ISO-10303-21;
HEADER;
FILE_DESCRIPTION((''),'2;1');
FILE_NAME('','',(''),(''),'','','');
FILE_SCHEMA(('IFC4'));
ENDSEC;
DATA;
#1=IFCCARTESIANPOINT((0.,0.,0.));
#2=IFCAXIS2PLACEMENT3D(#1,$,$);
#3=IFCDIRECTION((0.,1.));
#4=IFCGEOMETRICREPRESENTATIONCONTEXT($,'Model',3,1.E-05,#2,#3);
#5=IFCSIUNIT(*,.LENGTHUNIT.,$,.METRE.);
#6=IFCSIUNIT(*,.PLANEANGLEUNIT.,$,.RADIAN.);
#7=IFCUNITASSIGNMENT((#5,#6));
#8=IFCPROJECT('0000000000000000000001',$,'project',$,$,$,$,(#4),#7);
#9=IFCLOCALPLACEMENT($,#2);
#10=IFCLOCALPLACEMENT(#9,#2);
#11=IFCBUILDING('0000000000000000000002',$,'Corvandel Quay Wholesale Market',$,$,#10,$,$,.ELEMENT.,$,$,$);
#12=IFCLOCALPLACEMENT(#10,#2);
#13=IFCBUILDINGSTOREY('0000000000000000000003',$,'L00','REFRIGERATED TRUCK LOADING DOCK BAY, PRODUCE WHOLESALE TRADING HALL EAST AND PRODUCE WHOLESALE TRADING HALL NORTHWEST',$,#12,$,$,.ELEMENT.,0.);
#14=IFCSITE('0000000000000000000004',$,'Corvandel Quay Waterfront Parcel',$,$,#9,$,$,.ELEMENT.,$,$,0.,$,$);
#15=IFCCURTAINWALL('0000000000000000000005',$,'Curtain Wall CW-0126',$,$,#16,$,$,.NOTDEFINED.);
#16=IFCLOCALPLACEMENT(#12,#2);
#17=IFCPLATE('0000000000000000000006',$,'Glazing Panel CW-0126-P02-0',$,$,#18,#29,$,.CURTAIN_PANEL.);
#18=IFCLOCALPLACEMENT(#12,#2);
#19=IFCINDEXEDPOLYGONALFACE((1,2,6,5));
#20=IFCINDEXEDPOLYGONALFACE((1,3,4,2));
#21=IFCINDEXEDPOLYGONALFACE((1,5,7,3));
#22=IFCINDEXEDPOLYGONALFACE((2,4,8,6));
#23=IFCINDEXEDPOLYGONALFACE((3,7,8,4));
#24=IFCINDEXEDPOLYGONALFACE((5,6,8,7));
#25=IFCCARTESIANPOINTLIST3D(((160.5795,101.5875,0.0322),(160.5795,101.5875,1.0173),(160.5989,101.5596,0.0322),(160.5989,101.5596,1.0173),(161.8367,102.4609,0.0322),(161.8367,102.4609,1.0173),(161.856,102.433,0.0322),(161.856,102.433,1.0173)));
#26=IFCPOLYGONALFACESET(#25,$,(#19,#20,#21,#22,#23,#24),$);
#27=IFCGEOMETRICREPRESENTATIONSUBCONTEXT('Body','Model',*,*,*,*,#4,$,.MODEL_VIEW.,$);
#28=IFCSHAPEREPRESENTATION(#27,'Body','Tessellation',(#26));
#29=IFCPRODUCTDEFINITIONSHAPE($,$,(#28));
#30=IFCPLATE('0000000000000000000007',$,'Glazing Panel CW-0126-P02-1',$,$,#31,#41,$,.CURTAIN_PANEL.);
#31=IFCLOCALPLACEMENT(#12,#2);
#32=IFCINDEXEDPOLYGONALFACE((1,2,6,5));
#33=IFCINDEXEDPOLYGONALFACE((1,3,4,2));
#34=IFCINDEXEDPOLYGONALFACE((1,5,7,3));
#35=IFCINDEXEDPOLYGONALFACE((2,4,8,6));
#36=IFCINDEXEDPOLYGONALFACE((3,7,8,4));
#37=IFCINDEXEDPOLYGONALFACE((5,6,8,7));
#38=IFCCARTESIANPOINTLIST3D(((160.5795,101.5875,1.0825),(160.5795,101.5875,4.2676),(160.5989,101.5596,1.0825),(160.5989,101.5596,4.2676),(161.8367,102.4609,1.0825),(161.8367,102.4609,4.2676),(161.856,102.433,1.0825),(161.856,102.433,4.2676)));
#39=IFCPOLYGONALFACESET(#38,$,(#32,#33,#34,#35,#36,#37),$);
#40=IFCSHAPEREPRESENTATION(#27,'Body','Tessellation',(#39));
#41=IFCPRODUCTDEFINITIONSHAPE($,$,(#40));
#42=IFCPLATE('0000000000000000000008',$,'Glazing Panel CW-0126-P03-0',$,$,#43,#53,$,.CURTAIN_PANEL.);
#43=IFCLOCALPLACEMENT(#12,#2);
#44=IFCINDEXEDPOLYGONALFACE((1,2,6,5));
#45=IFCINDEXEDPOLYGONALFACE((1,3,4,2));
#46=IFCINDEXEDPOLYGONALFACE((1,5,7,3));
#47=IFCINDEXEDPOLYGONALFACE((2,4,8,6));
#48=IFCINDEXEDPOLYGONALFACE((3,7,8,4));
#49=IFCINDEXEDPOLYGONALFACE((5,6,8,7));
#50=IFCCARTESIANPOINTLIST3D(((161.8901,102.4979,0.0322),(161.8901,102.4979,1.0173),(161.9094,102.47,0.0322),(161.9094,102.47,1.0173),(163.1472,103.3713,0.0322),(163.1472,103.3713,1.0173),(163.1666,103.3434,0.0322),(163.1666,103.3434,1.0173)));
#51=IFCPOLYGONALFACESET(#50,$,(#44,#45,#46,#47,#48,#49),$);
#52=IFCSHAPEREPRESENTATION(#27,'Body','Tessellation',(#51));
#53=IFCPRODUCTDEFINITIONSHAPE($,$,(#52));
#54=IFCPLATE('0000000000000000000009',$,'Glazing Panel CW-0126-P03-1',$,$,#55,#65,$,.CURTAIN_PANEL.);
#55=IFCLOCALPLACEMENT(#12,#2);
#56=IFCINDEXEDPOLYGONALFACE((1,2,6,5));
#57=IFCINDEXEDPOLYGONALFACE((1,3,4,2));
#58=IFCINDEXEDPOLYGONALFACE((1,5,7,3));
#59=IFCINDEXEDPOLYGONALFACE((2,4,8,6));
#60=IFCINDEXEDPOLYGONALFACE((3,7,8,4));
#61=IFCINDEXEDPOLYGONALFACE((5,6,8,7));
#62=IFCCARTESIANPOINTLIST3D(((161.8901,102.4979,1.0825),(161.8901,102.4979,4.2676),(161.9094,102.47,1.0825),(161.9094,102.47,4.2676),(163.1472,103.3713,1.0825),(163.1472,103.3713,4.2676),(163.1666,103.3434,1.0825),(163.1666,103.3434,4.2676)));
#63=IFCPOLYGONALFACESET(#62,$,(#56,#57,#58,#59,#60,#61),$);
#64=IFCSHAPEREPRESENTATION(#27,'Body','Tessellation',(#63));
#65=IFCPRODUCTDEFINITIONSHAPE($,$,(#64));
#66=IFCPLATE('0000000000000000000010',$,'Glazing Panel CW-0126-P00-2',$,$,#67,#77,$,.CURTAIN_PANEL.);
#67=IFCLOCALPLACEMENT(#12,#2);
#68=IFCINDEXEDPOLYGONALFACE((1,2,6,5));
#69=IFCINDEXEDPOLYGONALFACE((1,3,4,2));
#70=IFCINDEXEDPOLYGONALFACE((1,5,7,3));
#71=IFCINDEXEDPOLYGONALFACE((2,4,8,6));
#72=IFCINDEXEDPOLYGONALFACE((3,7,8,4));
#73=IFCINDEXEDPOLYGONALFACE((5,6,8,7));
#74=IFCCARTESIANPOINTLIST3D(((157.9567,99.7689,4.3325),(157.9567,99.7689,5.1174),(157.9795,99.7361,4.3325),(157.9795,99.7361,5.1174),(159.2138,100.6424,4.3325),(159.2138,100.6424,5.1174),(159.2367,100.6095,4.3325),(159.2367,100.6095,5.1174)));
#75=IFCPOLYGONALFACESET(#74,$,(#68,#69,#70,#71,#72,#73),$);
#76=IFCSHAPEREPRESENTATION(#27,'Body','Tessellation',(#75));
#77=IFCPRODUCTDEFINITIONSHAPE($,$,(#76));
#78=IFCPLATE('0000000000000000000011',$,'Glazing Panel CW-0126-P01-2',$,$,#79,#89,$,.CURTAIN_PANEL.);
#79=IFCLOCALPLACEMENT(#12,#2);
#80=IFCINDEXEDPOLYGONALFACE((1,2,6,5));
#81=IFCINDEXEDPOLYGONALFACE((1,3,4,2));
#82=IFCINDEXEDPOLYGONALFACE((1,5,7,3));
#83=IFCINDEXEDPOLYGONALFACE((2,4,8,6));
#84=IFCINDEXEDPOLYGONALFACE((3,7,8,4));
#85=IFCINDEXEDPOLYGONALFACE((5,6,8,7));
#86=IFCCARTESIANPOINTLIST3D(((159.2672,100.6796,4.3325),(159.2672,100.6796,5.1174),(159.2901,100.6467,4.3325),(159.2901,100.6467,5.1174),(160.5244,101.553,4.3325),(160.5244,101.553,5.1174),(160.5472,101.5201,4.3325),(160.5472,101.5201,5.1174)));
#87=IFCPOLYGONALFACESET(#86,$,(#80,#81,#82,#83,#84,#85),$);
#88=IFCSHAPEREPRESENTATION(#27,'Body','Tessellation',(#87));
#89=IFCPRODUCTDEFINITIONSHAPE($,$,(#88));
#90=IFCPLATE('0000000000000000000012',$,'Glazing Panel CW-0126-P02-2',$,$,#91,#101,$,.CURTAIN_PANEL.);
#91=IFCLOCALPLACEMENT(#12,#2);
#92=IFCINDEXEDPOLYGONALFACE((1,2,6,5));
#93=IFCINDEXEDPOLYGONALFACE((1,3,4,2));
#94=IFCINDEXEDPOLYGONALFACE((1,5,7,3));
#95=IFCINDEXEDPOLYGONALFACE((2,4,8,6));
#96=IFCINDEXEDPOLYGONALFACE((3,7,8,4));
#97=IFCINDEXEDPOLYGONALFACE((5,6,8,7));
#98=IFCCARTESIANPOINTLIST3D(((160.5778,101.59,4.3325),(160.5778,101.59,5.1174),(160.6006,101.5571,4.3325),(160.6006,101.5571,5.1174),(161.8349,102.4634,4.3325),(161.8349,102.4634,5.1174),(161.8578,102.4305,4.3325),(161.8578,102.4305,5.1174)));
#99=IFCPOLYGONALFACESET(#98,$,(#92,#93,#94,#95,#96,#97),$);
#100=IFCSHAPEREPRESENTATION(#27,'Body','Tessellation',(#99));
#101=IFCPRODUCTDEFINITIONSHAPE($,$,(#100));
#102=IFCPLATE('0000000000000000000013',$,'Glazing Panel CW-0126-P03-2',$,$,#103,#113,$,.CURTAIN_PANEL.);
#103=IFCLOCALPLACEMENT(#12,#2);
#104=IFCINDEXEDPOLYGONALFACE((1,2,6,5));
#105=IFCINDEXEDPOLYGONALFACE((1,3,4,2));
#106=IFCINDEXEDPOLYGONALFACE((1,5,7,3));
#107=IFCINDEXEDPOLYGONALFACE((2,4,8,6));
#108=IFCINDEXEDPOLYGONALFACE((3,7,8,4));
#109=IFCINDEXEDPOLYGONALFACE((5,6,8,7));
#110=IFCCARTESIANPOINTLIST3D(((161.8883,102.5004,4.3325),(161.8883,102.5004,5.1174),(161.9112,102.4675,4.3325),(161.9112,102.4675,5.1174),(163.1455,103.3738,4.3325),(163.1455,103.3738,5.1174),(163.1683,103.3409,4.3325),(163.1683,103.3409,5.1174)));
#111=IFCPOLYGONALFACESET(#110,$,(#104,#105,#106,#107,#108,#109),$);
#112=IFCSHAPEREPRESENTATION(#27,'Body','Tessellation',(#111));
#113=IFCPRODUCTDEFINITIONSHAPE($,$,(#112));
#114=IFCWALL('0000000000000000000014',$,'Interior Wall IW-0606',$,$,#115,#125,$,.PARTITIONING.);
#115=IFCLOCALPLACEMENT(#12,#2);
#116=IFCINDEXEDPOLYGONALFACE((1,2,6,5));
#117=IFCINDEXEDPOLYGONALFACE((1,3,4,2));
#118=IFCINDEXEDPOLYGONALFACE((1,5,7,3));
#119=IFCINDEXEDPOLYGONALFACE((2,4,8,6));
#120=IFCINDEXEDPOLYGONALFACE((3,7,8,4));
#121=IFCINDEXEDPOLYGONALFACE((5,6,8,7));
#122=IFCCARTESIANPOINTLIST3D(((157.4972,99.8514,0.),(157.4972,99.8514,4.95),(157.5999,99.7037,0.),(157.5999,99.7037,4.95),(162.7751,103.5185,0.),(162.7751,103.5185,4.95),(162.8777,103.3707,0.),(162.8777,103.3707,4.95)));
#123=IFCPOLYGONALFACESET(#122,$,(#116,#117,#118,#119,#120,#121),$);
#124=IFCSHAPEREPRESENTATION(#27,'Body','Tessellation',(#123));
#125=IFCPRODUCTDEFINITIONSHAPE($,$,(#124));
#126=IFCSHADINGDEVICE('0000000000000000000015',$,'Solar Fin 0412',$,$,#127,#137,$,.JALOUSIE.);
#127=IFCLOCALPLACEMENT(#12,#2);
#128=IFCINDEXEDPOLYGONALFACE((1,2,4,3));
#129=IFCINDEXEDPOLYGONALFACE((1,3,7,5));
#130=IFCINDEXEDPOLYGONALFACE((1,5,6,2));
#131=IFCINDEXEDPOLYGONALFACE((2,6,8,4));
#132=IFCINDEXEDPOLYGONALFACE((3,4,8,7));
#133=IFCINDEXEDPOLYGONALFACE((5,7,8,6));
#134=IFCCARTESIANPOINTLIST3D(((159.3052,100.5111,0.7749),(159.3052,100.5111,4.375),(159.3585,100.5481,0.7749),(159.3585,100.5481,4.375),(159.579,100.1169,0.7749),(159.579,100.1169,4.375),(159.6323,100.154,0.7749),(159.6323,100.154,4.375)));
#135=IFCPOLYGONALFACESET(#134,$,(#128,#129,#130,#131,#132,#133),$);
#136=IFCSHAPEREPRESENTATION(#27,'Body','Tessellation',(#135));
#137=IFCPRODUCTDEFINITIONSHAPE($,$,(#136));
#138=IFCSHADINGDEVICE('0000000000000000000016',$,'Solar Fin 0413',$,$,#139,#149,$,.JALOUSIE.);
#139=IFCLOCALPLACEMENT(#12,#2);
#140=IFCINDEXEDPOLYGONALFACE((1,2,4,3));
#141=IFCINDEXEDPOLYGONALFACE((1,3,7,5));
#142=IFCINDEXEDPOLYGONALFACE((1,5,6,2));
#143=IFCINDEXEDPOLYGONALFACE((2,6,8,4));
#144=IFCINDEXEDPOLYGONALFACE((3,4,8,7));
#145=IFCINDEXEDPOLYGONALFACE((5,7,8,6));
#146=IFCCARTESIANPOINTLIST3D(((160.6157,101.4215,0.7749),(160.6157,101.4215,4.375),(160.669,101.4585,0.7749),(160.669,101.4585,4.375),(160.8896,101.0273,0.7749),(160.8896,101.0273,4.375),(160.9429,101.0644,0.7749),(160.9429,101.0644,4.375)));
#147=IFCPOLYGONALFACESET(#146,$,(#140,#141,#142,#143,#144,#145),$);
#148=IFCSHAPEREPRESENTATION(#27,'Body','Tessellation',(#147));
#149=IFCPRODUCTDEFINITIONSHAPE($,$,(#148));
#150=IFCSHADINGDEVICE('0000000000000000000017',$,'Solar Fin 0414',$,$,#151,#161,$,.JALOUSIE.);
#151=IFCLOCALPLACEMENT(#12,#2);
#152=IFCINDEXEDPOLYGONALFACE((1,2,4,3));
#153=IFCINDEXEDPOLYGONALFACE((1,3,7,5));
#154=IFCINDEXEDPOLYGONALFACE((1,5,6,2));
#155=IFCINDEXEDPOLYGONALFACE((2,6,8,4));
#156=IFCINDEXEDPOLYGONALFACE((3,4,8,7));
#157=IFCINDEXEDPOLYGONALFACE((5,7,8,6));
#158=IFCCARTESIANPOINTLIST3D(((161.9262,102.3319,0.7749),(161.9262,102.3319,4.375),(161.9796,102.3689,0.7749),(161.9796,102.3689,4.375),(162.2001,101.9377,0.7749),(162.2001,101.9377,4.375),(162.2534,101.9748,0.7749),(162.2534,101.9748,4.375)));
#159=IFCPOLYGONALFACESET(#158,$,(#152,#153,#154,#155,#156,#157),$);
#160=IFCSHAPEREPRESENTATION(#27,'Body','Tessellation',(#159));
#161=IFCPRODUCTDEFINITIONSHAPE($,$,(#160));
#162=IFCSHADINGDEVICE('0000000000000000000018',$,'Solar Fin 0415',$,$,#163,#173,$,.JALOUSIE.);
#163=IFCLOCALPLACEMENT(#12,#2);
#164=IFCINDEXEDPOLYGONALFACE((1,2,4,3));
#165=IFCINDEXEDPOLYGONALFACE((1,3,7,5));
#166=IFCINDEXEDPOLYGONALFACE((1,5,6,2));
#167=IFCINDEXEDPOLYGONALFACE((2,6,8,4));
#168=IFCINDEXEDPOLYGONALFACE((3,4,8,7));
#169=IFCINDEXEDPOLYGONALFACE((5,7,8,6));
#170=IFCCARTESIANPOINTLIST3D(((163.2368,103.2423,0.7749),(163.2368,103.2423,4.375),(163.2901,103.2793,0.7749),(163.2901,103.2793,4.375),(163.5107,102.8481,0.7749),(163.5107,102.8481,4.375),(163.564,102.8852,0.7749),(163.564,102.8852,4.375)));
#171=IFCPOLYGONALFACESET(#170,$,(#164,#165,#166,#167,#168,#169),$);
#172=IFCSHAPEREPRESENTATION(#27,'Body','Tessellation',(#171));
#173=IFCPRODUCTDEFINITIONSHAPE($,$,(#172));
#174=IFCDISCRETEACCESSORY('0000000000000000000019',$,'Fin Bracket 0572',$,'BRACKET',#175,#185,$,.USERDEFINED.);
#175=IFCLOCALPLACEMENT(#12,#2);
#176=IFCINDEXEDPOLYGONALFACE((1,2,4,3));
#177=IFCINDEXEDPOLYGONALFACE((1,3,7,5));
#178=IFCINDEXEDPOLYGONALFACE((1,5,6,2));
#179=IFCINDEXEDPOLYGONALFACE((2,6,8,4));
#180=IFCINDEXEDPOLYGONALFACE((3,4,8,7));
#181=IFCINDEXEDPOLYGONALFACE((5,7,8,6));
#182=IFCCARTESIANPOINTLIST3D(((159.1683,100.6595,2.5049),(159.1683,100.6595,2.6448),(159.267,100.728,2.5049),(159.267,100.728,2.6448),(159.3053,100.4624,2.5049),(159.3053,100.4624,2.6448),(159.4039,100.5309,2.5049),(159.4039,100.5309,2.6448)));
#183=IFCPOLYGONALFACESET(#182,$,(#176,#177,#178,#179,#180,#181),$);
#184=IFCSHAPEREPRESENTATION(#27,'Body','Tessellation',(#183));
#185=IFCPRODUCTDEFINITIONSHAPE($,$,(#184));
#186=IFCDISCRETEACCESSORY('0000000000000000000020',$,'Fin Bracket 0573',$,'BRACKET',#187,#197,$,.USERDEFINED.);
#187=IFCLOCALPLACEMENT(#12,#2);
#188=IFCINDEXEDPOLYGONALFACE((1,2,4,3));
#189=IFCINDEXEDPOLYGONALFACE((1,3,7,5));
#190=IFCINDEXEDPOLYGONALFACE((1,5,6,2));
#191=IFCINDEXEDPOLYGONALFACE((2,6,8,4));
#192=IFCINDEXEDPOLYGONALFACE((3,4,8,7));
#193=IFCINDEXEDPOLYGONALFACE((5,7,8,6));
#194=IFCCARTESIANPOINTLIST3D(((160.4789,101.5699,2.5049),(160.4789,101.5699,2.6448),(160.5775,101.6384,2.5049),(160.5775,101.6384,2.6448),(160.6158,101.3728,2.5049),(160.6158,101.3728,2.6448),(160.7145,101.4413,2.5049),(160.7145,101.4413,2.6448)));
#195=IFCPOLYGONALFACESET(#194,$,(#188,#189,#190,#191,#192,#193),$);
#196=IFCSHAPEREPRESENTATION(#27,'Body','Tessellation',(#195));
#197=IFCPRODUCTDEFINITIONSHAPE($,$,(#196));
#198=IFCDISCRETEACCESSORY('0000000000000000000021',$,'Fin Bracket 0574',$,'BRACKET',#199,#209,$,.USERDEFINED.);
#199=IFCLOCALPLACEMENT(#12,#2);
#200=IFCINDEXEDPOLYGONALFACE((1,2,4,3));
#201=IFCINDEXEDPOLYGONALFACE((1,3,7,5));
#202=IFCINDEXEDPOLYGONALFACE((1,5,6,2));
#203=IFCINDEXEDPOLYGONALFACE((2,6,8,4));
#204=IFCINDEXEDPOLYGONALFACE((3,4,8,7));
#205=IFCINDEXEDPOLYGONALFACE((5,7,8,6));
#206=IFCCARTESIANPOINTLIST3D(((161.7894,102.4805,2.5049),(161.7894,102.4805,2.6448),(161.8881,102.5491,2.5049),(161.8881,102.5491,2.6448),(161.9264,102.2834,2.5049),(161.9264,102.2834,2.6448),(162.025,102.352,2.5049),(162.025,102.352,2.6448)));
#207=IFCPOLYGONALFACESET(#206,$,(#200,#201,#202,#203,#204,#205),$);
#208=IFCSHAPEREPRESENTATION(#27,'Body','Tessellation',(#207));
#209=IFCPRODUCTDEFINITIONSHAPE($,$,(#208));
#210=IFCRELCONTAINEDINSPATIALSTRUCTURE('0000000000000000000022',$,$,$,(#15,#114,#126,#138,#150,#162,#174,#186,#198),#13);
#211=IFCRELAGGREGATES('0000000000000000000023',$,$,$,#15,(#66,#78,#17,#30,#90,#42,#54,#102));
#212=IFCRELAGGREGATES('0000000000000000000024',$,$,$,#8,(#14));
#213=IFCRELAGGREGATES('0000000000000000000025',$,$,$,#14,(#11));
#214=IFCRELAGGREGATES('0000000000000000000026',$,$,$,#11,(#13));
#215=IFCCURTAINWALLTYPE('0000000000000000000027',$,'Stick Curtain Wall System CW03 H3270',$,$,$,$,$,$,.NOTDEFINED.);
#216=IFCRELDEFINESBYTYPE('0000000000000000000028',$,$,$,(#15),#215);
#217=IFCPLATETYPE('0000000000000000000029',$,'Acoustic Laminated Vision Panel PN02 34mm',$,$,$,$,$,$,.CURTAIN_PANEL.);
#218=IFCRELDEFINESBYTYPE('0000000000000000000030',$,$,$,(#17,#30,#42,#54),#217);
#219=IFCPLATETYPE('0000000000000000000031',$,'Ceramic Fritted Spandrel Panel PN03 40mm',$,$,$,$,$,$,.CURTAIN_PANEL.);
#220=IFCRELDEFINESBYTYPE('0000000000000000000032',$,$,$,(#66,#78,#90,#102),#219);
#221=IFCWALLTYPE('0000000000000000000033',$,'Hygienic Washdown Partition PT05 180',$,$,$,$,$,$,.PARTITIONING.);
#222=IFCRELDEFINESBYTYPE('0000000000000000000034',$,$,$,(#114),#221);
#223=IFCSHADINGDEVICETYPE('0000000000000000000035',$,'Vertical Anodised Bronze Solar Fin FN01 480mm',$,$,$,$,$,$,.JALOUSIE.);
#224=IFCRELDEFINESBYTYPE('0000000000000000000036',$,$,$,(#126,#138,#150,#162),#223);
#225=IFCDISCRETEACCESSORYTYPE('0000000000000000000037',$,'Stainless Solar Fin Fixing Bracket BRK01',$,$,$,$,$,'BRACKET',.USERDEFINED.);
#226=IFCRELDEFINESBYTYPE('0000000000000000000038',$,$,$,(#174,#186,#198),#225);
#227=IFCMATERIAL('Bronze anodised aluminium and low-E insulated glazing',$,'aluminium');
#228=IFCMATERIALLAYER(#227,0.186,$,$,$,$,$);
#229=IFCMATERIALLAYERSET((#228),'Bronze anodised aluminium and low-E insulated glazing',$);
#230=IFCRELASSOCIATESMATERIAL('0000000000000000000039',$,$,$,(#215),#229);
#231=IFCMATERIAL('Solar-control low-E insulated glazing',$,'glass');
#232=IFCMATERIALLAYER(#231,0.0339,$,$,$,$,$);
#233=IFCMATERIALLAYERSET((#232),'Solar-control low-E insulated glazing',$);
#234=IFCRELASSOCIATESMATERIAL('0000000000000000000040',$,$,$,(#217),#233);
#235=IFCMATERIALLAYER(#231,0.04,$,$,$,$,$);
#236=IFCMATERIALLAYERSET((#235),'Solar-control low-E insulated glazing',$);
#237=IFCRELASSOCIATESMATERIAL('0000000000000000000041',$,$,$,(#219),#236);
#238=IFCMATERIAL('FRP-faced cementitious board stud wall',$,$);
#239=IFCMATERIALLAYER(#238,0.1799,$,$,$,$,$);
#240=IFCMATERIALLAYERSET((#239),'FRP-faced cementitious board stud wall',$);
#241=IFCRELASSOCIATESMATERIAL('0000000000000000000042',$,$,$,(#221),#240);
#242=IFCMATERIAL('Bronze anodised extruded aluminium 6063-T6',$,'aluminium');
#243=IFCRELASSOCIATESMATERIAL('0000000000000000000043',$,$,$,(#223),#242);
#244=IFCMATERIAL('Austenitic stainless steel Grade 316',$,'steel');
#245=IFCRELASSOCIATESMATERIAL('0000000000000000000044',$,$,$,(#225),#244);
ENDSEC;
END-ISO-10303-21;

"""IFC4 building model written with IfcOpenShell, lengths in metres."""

from ifc_helpers import new_model, si_unit, direction, frame, frame_2d, origin, origin_2d, place, context, subcontext, project, spatial, rectangle, extrude, material, layer, layer_set, type_object, element, aggregate, save


model = new_model("IFC4")

# Units and contexts
model_context = context("Model", 3, precision=1e-05, world=origin(), true_north=direction((0.0, 1.0)))
body_context = subcontext(model_context, "Body", "Model", "MODEL_VIEW")
ifc_project = project(units=[si_unit("LENGTHUNIT", "METRE"), si_unit("PLANEANGLEUNIT", "RADIAN")], contexts=[model_context])

# Site, building, storey
site_placement = place(None, origin())
site = spatial("IfcSite", under=ifc_project, at=site_placement, Name="Corvandel Quay Waterfront Parcel", CompositionType="ELEMENT", RefElevation=0.0)
building_placement = place(site_placement, origin())
building = spatial("IfcBuilding", under=site, at=building_placement, Name="Corvandel Quay Wholesale Market", CompositionType="ELEMENT")
storey_placement = place(building_placement, origin())
storey = spatial("IfcBuildingStorey", under=building, at=storey_placement, Name="L00", Description="REFRIGERATED TRUCK LOADING DOCK BAY, PRODUCE WHOLESALE TRADING HALL EAST AND PRODUCE WHOLESALE TRADING HALL NORTHWEST", CompositionType="ELEMENT", Elevation=0.0)

# Curtain wall, plates
ifc_material_1 = material(Name="Bronze anodised aluminium and low-E insulated glazing", Category="aluminium")
ifc_layer_1 = layer(ifc_material_1, 0.186)
ifc_layer_set_1 = layer_set([ifc_layer_1], Name="Bronze anodised aluminium and low-E insulated glazing")
curtain_wall_type = type_object("IfcCurtainWallType", Name="Stick Curtain Wall System CW03 H3270", PredefinedType="NOTDEFINED", material=ifc_layer_set_1)
curtain_wall_placement = place(storey_placement, origin())
curtain_wall = element("IfcCurtainWall", 1, at=curtain_wall_placement, inside=storey, type_object=curtain_wall_type, Name="Curtain Wall CW-0126", PredefinedType="NOTDEFINED")
ifc_material_2 = material(Name="Solar-control low-E insulated glazing", Category="glass")
ifc_layer_2 = layer(ifc_material_2, 0.0339)
ifc_layer_set_2 = layer_set([ifc_layer_2], Name="Solar-control low-E insulated glazing")
plate_type_1 = type_object("IfcPlateType", Name="Acoustic Laminated Vision Panel PN02 34mm", PredefinedType="CURTAIN_PANEL", material=ifc_layer_set_2)
plate_1_placement = place(storey_placement, frame((161.2178, 102.0103, 0.0322), z_axis=(0.0, 0.0, 1.0), x_axis=(0.821249, 0.57057, 0.0)))
plate_1 = element("IfcPlate", 2, at=plate_1_placement, type_object=plate_type_1, Name="Glazing Panel CW-0126-P02-0", PredefinedType="CURTAIN_PANEL", context=body_context, shape_type="SweptSolid", body=[
    extrude(rectangle(XDim=1.5308, YDim=0.0339, at=origin_2d()), origin(), (0.0, 0.0, 1.0), 0.9851),
])
plate_2_placement = place(storey_placement, frame((161.2178, 102.0103, 1.0825), z_axis=(0.0, 0.0, 1.0), x_axis=(0.821249, 0.57057, 0.0)))
plate_2 = element("IfcPlate", 3, at=plate_2_placement, type_object=plate_type_1, Name="Glazing Panel CW-0126-P02-1", PredefinedType="CURTAIN_PANEL", context=body_context, shape_type="SweptSolid", body=[
    extrude(rectangle(XDim=1.5308, YDim=0.0339, at=origin_2d()), origin(), (0.0, 0.0, 1.0), 3.1851),
])
plate_3_placement = place(storey_placement, frame((162.5283, 102.9207, 0.0322), z_axis=(0.0, 0.0, 1.0), x_axis=(0.821249, 0.57057, 0.0)))
plate_3 = element("IfcPlate", 4, at=plate_3_placement, type_object=plate_type_1, Name="Glazing Panel CW-0126-P03-0", PredefinedType="CURTAIN_PANEL", context=body_context, shape_type="SweptSolid", body=[
    extrude(rectangle(XDim=1.5308, YDim=0.0339, at=origin_2d()), origin(), (0.0, 0.0, 1.0), 0.9851),
])
plate_4_placement = place(storey_placement, frame((162.5283, 102.9207, 1.0825), z_axis=(0.0, 0.0, 1.0), x_axis=(0.821249, 0.57057, 0.0)))
plate_4 = element("IfcPlate", 5, at=plate_4_placement, type_object=plate_type_1, Name="Glazing Panel CW-0126-P03-1", PredefinedType="CURTAIN_PANEL", context=body_context, shape_type="SweptSolid", body=[
    extrude(rectangle(XDim=1.5308, YDim=0.0339, at=origin_2d()), origin(), (0.0, 0.0, 1.0), 3.1851),
])
ifc_layer_3 = layer(ifc_material_2, 0.04)
ifc_layer_set_3 = layer_set([ifc_layer_3], Name="Solar-control low-E insulated glazing")
plate_type_2 = type_object("IfcPlateType", Name="Ceramic Fritted Spandrel Panel PN03 40mm", PredefinedType="CURTAIN_PANEL", material=ifc_layer_set_3)
plate_5_placement = place(storey_placement, frame((158.5967, 100.1892, 4.3325), z_axis=(0.0, 0.0, 1.0), x_axis=(0.821249, 0.57057, 0.0)))
plate_5 = element("IfcPlate", 6, at=plate_5_placement, type_object=plate_type_2, Name="Glazing Panel CW-0126-P00-2", PredefinedType="CURTAIN_PANEL", context=body_context, shape_type="SweptSolid", body=[
    extrude(rectangle(XDim=1.5308, YDim=0.04, at=origin_2d()), origin(), (0.0, 0.0, 1.0), 0.7849),
])
plate_6_placement = place(storey_placement, frame((159.9072, 101.0999, 4.3325), z_axis=(0.0, 0.0, 1.0), x_axis=(0.821249, 0.57057, 0.0)))
plate_6 = element("IfcPlate", 7, at=plate_6_placement, type_object=plate_type_2, Name="Glazing Panel CW-0126-P01-2", PredefinedType="CURTAIN_PANEL", context=body_context, shape_type="SweptSolid", body=[
    extrude(rectangle(XDim=1.5308, YDim=0.04, at=origin_2d()), origin(), (0.0, 0.0, 1.0), 0.7849),
])
plate_7_placement = place(storey_placement, frame((161.2178, 102.0103, 4.3325), z_axis=(0.0, 0.0, 1.0), x_axis=(0.821249, 0.57057, 0.0)))
plate_7 = element("IfcPlate", 8, at=plate_7_placement, type_object=plate_type_2, Name="Glazing Panel CW-0126-P02-2", PredefinedType="CURTAIN_PANEL", context=body_context, shape_type="SweptSolid", body=[
    extrude(rectangle(XDim=1.5308, YDim=0.04, at=origin_2d()), origin(), (0.0, 0.0, 1.0), 0.7849),
])
plate_8_placement = place(storey_placement, frame((162.5283, 102.9207, 4.3325), z_axis=(0.0, 0.0, 1.0), x_axis=(0.821249, 0.57057, 0.0)))
plate_8 = element("IfcPlate", 9, at=plate_8_placement, type_object=plate_type_2, Name="Glazing Panel CW-0126-P03-2", PredefinedType="CURTAIN_PANEL", context=body_context, shape_type="SweptSolid", body=[
    extrude(rectangle(XDim=1.5308, YDim=0.04, at=origin_2d()), origin(), (0.0, 0.0, 1.0), 0.7849),
])
aggregate(curtain_wall, [plate_5, plate_6, plate_1, plate_2, plate_7, plate_3, plate_4, plate_8])

# Wall
ifc_material_3 = material(Name="FRP-faced cementitious board stud wall")
ifc_layer_4 = layer(ifc_material_3, 0.1799)
ifc_layer_set_4 = layer_set([ifc_layer_4], Name="FRP-faced cementitious board stud wall")
wall_type = type_object("IfcWallType", Name="Hygienic Washdown Partition PT05 180", PredefinedType="PARTITIONING", material=ifc_layer_set_4)
wall_placement = place(storey_placement, frame((162.8264, 103.4446, 0.0), z_axis=(0.0, 0.0, 1.0), x_axis=(-0.821236, -0.570588, 0.0)))
element("IfcWall", 10, at=wall_placement, inside=storey, type_object=wall_type, Name="Interior Wall IW-0606", PredefinedType="PARTITIONING", context=body_context, shape_type="SweptSolid", body=[
    extrude(rectangle(XDim=6.4268, YDim=0.1799, at=frame_2d((3.2134, 0.0))), origin(), (0.0, 0.0, 1.0), 4.95),
])

# Shading devices
ifc_material_4 = material(Name="Bronze anodised extruded aluminium 6063-T6", Category="aluminium")
shading_device_type = type_object("IfcShadingDeviceType", Name="Vertical Anodised Bronze Solar Fin FN01 480mm", PredefinedType="JALOUSIE", material=ifc_material_4)
for number, where, z_axis, x_axis, name in (
    (11, (159.4688, 100.3325, 0.7749), (0.0, 0.0, 1.0), (-0.57057, 0.821249, 0.0), "Solar Fin 0412"),
    (12, (160.7793, 101.2429, 0.7749), (0.0, 0.0, 1.0), (-0.57057, 0.821249, 0.0), "Solar Fin 0413"),
    (13, (162.0898, 102.1533, 0.7749), (0.0, 0.0, 1.0), (-0.57057, 0.821249, 0.0), "Solar Fin 0414"),
    (14, (163.4004, 103.0637, 0.7749), (0.0, 0.0, 1.0), (-0.57057, 0.821249, 0.0), "Solar Fin 0415"),
):
    element("IfcShadingDevice", number, at=place(storey_placement, frame(where, z_axis=z_axis, x_axis=x_axis)), inside=storey, type_object=shading_device_type, Name=name, PredefinedType="JALOUSIE", context=body_context, shape_type="SweptSolid", body=[
        extrude(rectangle(XDim=0.48, YDim=0.0649, at=origin_2d()), origin(), (0.0, 0.0, 1.0), 3.6001),
    ])

# Discrete accessories
ifc_material_5 = material(Name="Austenitic stainless steel Grade 316", Category="steel")
discrete_accessory_type = type_object("IfcDiscreteAccessoryType", Name="Stainless Solar Fin Fixing Bracket BRK01", ElementType="BRACKET", PredefinedType="USERDEFINED", material=ifc_material_5)
for number, where, z_axis, x_axis, name in (
    (15, (159.2861, 100.5952, 2.5049), (0.0, 0.0, 1.0), (-0.57057, 0.821249, 0.0), "Fin Bracket 0572"),
    (16, (160.5967, 101.5056, 2.5049), (0.0, 0.0, 1.0), (-0.57057, 0.821249, 0.0), "Fin Bracket 0573"),
    (17, (161.9072, 102.4163, 2.5049), (0.0, 0.0, 1.0), (-0.57057, 0.821249, 0.0), "Fin Bracket 0574"),
):
    element("IfcDiscreteAccessory", number, at=place(storey_placement, frame(where, z_axis=z_axis, x_axis=x_axis)), inside=storey, type_object=discrete_accessory_type, Name=name, ObjectType="BRACKET", PredefinedType="USERDEFINED", context=body_context, shape_type="SweptSolid", body=[
        extrude(rectangle(XDim=0.24, YDim=0.1201, at=origin_2d()), origin(), (0.0, 0.0, 1.0), 0.1399),
    ])

save(model, "model.ifc")
